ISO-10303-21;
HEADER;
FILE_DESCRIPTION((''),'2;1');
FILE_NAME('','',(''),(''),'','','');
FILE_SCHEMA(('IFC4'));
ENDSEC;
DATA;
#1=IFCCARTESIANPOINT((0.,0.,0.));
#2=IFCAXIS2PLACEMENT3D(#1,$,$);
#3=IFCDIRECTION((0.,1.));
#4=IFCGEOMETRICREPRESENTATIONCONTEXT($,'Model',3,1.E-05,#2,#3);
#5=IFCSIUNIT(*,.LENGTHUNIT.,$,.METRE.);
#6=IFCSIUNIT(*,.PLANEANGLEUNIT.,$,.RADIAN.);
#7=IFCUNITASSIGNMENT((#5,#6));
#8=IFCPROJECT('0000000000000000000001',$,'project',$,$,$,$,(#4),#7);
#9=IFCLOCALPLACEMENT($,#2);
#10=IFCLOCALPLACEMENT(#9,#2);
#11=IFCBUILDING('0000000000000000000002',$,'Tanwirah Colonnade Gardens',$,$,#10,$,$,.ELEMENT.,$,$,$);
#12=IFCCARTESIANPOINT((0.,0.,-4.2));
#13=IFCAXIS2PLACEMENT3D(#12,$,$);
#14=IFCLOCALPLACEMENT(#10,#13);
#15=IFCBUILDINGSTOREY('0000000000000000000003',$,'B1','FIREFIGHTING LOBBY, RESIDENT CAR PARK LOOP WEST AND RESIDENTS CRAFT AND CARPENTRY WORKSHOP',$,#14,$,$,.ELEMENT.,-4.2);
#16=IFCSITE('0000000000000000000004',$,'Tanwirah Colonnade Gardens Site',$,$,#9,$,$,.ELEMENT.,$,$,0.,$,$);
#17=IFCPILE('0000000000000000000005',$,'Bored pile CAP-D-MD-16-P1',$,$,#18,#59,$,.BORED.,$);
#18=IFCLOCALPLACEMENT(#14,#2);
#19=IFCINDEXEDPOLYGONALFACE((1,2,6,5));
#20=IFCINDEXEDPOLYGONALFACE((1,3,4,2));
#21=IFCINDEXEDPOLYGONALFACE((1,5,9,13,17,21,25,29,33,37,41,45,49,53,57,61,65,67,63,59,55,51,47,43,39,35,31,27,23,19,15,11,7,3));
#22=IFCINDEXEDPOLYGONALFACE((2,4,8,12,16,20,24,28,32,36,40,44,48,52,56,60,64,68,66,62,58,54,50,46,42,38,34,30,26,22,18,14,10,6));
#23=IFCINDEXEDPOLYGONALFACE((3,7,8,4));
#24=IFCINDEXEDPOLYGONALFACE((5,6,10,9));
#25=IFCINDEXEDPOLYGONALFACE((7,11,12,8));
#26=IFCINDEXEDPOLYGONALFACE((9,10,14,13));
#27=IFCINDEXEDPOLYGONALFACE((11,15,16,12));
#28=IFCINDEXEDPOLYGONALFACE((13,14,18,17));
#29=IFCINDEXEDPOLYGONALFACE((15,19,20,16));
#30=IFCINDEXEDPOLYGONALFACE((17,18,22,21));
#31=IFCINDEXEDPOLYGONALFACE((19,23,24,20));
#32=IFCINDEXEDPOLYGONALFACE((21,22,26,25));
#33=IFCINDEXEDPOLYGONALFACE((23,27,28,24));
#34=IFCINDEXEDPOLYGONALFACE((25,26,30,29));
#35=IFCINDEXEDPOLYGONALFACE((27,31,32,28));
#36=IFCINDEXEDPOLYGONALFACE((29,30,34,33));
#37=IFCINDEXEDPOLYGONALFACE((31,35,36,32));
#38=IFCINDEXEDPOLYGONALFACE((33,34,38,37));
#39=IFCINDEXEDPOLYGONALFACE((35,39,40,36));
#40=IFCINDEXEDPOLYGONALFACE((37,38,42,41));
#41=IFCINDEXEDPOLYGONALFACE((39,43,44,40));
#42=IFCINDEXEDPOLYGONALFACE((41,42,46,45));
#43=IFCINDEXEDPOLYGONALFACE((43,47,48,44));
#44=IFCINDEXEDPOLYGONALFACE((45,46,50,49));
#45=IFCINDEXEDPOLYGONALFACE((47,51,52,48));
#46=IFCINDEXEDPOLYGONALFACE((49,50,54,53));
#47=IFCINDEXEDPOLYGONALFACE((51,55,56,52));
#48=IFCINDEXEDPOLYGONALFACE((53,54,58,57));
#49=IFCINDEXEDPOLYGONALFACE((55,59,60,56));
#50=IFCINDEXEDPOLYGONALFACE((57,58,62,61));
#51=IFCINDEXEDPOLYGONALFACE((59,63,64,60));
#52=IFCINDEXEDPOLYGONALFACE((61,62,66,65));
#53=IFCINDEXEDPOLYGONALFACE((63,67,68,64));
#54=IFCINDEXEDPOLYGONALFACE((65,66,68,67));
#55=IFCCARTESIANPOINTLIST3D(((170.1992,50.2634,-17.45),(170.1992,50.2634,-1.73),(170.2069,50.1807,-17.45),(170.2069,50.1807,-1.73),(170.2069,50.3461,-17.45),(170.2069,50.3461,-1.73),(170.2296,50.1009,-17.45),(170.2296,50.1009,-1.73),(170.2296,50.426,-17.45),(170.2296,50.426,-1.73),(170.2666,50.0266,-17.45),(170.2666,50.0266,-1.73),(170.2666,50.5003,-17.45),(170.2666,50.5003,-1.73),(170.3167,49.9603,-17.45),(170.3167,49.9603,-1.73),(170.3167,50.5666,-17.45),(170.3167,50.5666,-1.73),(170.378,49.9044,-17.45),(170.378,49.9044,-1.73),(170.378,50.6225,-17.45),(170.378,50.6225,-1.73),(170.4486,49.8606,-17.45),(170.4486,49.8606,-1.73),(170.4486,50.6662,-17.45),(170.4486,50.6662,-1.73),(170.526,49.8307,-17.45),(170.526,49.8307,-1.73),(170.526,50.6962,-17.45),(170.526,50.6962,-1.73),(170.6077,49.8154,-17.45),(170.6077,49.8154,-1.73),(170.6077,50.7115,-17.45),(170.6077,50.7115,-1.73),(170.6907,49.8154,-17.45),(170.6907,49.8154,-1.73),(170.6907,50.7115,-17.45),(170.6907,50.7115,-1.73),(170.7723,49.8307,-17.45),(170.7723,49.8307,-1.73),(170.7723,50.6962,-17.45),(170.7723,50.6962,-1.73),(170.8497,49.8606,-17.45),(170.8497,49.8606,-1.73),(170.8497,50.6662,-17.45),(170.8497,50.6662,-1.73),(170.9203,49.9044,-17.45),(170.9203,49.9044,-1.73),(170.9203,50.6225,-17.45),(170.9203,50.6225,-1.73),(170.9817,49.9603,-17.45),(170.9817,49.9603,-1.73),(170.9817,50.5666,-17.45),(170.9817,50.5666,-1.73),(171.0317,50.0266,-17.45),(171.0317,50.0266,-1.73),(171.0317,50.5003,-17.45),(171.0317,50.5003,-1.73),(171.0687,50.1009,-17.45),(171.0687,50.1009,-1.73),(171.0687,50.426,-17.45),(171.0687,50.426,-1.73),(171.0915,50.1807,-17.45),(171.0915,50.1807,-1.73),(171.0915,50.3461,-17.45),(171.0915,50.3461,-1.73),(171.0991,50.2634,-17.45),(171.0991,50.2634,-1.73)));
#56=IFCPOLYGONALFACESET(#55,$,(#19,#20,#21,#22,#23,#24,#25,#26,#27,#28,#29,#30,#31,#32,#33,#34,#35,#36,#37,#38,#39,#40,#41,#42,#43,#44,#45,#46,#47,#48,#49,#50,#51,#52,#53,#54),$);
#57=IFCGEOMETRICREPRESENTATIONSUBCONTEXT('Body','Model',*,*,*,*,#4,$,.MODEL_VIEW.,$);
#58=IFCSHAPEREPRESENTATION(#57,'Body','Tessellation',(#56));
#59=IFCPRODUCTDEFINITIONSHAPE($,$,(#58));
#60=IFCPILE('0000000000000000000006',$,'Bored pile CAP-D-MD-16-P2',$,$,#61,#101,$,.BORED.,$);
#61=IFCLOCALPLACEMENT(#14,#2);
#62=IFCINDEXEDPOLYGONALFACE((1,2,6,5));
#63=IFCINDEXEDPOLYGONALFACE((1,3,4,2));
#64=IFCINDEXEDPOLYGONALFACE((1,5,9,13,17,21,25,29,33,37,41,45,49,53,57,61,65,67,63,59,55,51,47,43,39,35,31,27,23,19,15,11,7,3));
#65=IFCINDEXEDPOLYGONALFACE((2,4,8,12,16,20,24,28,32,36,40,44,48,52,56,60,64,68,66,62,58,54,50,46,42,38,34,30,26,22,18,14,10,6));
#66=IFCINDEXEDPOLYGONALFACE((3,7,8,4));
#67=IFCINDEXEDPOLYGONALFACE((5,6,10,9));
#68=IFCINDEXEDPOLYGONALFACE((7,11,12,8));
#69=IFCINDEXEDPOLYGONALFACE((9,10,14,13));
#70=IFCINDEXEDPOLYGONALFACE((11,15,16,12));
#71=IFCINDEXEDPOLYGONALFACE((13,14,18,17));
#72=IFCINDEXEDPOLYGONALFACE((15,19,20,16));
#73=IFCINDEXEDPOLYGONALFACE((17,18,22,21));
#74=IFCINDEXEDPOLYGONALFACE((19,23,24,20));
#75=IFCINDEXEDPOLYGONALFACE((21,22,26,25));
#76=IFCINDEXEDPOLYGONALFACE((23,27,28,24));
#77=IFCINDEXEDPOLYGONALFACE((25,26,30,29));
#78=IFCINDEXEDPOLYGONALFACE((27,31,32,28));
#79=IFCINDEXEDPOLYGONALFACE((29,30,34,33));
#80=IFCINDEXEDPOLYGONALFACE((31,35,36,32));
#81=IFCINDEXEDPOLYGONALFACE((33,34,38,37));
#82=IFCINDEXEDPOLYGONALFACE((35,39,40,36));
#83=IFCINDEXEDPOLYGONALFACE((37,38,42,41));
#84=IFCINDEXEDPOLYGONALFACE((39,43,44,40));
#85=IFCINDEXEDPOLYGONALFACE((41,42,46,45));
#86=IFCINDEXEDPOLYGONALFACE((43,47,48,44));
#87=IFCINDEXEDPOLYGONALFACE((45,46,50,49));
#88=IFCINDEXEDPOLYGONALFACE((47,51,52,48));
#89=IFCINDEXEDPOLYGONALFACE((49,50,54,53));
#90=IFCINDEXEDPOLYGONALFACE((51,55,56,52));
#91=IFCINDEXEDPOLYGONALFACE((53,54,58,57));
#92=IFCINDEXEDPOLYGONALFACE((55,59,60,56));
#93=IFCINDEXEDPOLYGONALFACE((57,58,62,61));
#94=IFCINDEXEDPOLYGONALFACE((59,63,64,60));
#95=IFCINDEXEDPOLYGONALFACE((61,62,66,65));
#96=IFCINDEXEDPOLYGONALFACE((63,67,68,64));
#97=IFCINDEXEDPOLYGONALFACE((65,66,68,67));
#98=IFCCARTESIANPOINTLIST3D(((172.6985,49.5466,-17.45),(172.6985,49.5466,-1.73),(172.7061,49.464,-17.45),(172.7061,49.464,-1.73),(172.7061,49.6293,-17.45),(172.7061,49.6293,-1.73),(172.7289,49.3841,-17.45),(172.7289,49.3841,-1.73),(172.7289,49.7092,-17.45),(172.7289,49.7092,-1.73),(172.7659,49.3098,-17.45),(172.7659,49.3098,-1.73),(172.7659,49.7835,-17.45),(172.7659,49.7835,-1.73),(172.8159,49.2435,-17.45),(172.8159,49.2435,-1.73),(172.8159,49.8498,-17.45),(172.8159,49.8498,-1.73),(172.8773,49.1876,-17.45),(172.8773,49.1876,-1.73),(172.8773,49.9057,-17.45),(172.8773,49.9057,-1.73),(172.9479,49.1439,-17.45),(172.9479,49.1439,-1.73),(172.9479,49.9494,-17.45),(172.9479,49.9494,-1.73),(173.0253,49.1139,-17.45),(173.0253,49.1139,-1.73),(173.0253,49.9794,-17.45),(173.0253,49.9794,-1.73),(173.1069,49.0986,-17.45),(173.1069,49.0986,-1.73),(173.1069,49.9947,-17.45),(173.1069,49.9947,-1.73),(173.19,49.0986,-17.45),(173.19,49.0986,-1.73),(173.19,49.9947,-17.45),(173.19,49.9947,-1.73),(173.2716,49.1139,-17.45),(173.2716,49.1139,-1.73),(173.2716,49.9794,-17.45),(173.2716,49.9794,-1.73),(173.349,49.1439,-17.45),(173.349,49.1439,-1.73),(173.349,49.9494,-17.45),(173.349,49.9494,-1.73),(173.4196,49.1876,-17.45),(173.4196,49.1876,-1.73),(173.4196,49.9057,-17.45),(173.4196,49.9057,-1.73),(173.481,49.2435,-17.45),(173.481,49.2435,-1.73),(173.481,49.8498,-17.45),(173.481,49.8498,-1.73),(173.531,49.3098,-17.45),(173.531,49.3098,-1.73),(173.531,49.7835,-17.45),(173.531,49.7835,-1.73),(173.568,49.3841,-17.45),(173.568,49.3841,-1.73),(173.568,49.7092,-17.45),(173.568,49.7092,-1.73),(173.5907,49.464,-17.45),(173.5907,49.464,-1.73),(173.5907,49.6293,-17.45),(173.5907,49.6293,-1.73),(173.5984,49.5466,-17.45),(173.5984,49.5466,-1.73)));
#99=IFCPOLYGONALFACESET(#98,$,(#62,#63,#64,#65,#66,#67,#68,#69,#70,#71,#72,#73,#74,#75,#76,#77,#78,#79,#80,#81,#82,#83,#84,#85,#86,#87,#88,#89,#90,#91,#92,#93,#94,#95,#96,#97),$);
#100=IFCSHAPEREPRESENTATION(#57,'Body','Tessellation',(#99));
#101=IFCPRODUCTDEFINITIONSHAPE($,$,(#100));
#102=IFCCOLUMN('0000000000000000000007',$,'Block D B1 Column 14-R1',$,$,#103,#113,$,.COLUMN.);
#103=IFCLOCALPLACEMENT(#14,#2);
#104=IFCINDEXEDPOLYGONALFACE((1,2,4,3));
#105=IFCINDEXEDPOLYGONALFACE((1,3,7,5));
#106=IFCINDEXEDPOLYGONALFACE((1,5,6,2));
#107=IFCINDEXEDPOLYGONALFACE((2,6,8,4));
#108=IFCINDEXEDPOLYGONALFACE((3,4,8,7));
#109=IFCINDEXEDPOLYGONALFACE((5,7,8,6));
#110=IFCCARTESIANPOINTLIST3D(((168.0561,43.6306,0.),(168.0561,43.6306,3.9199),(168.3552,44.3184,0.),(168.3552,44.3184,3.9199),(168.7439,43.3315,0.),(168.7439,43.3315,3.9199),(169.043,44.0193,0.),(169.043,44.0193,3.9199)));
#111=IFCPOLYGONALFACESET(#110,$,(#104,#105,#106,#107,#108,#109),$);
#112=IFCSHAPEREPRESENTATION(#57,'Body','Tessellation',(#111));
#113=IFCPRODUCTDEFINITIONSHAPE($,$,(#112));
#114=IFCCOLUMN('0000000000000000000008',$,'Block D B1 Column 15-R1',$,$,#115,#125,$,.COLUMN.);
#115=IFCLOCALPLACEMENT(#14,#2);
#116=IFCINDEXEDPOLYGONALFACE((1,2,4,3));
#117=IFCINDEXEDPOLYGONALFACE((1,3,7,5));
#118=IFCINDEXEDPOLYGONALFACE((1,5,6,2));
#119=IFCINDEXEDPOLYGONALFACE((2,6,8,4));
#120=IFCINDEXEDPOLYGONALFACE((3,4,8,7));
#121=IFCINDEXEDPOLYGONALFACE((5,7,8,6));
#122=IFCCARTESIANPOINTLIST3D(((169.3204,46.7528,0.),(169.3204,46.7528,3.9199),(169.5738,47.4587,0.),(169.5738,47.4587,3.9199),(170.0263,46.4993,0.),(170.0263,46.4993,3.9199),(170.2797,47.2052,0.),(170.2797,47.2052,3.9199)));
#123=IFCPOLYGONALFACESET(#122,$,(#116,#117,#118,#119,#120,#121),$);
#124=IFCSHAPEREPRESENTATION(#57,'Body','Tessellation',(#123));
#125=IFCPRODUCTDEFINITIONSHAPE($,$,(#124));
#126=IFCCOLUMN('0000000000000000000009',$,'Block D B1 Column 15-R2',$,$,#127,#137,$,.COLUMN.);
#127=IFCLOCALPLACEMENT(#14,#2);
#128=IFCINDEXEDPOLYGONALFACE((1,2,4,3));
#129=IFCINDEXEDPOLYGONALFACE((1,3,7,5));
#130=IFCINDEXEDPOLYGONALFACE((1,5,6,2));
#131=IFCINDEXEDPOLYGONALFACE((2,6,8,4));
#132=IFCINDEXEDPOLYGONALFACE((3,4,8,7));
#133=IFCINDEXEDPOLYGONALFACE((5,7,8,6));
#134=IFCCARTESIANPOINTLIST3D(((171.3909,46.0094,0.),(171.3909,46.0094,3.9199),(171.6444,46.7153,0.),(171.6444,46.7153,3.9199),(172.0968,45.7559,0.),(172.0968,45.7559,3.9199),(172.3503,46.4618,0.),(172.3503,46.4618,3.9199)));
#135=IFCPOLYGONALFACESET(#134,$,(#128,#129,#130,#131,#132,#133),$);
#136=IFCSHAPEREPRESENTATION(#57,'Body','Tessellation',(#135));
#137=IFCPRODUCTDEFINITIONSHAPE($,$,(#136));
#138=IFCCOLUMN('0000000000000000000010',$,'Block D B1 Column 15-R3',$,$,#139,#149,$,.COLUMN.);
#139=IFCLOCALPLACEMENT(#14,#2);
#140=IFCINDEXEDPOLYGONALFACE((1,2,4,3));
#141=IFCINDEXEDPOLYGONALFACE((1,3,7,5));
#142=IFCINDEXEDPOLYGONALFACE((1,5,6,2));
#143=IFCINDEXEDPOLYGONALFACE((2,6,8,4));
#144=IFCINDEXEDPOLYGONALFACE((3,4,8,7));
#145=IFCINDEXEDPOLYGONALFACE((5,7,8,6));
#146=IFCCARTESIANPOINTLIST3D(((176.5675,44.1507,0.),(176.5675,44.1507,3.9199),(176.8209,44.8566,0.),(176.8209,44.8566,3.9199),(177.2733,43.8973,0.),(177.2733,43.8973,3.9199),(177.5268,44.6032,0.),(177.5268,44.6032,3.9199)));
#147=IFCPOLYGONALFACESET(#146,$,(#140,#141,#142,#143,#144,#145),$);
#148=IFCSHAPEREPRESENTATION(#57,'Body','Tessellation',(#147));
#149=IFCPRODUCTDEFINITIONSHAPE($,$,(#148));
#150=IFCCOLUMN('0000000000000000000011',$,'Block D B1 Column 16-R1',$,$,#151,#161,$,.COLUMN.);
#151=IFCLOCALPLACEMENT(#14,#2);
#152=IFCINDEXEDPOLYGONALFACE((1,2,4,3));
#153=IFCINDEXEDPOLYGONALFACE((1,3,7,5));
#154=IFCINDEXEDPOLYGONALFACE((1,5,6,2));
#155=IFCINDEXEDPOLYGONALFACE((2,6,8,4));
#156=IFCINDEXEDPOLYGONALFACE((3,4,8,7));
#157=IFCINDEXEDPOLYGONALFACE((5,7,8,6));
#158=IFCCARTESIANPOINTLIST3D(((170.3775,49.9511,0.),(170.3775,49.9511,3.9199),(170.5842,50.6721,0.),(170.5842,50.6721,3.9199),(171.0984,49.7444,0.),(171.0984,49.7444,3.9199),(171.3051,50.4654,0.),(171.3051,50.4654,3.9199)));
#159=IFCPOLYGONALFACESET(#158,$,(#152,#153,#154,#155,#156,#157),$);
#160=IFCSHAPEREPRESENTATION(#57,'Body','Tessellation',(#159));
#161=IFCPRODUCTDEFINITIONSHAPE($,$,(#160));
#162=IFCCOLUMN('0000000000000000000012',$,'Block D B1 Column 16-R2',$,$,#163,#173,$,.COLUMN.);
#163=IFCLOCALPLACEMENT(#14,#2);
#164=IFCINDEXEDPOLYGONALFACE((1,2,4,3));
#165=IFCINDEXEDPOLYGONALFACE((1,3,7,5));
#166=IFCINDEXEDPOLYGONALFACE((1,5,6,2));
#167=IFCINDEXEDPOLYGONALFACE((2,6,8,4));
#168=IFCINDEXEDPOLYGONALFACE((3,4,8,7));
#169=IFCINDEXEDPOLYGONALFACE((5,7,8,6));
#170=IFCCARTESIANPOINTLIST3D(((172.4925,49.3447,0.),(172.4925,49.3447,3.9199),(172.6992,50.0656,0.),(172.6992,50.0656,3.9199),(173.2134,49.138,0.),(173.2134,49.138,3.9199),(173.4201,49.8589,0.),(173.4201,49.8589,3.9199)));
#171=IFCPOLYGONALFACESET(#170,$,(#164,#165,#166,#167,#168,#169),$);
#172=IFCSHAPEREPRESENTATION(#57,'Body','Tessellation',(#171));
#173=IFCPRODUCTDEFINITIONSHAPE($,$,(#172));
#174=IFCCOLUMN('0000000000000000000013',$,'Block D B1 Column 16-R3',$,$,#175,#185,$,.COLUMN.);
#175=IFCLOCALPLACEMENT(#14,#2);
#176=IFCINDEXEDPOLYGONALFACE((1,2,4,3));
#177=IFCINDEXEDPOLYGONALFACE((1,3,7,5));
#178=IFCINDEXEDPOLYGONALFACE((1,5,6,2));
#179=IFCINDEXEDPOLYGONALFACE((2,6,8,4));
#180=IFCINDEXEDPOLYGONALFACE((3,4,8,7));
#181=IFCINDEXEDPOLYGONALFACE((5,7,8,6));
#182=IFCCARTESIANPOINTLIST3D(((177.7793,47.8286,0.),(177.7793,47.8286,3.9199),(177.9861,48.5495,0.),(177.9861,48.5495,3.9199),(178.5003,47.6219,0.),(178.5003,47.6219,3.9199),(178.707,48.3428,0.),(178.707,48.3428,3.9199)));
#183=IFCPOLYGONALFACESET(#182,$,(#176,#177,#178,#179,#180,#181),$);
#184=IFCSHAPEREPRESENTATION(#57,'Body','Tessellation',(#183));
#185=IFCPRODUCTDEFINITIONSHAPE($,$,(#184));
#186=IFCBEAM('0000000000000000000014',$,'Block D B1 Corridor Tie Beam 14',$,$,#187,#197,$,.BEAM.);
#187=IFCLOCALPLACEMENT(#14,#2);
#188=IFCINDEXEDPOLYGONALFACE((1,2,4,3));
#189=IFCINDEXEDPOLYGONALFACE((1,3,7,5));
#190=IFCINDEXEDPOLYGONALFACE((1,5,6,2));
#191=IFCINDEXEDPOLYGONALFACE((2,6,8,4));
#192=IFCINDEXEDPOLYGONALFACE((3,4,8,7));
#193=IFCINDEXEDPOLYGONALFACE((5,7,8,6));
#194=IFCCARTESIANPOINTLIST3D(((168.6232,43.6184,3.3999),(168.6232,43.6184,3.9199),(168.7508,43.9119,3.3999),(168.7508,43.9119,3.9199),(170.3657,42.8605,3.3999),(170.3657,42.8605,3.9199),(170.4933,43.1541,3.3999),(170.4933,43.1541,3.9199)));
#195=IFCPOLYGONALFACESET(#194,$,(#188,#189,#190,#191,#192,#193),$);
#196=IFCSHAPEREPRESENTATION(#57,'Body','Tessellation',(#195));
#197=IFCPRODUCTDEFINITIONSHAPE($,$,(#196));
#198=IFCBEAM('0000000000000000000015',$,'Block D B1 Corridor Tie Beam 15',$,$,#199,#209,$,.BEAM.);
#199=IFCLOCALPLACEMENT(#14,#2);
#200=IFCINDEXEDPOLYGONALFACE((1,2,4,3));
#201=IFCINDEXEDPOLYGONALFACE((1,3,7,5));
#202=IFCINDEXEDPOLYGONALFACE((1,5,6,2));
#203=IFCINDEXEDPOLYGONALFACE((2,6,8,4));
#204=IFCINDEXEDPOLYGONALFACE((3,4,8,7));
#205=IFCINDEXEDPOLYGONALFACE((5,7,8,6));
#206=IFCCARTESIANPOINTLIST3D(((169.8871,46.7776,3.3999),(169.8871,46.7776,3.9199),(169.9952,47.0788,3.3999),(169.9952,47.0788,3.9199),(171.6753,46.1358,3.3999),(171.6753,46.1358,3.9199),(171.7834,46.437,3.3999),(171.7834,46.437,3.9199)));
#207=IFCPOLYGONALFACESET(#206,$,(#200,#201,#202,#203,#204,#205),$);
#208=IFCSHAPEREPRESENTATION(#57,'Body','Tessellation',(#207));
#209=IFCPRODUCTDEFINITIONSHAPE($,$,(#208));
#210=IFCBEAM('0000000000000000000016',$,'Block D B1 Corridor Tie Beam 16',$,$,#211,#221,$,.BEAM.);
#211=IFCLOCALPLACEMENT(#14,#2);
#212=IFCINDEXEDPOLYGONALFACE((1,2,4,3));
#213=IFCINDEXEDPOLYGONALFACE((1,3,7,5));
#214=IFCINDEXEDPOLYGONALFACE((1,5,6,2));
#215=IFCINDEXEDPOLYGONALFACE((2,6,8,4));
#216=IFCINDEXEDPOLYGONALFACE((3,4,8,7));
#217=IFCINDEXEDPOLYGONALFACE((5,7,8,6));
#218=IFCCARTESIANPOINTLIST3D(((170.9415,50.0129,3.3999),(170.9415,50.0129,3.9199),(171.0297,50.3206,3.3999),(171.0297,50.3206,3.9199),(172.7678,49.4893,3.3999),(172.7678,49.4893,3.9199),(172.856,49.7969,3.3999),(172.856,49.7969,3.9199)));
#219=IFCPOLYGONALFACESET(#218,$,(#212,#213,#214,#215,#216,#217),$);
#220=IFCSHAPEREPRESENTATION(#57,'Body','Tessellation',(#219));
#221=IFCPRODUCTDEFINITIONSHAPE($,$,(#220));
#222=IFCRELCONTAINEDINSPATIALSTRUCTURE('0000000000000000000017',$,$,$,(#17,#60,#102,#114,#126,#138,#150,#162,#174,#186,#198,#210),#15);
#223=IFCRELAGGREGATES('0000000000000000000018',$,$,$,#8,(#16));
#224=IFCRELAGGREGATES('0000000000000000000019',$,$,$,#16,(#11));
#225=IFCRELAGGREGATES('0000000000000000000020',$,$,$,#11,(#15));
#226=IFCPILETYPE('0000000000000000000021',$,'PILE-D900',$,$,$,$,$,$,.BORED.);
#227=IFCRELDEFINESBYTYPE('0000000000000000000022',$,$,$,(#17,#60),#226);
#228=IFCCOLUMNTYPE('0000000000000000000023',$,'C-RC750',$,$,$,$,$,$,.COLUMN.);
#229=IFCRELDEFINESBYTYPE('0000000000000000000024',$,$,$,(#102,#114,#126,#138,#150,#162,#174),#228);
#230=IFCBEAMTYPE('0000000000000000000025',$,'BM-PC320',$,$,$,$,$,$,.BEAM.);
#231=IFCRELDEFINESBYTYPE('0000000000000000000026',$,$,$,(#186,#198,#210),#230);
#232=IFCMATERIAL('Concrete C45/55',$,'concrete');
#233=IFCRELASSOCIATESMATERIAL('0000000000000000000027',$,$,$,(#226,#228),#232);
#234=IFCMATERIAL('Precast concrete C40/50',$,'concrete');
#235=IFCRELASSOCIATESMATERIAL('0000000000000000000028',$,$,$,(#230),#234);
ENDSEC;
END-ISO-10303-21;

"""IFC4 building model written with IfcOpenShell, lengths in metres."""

from ifc_helpers import new_model, si_unit, direction, frame, origin, origin_2d, place, context, subcontext, project, spatial, rectangle, circle, extrude, material, material_profile, profile_set, type_object, element, save


model = new_model("IFC4")

# Units and contexts
model_context = context("Model", 3, precision=1e-05, world=origin(), true_north=direction((0.0, 1.0)))
body_context = subcontext(model_context, "Body", "Model", "MODEL_VIEW")
ifc_project = project(units=[si_unit("LENGTHUNIT", "METRE"), si_unit("PLANEANGLEUNIT", "RADIAN")], contexts=[model_context])

# Site, building, storey
site_placement = place(None, origin())
site = spatial("IfcSite", under=ifc_project, at=site_placement, Name="Tanwirah Colonnade Gardens Site", CompositionType="ELEMENT", RefElevation=0.0)
building_placement = place(site_placement, origin())
building = spatial("IfcBuilding", under=site, at=building_placement, Name="Tanwirah Colonnade Gardens", CompositionType="ELEMENT")
storey_placement = place(building_placement, frame((0.0, 0.0, -4.2)))
storey = spatial("IfcBuildingStorey", under=building, at=storey_placement, Name="B1", Description="FIREFIGHTING LOBBY, RESIDENT CAR PARK LOOP WEST AND RESIDENTS CRAFT AND CARPENTRY WORKSHOP", CompositionType="ELEMENT", Elevation=-4.2)

# Shared definitions
ifc_material_1 = material(Name="Concrete C45/55", Category="concrete")

# Piles
ifc_material_profile_1 = material_profile(ifc_material_1, circle(Radius=0.45, at=origin_2d()), Name="PILE D900")
ifc_profile_set_1 = profile_set([ifc_material_profile_1], Name="Concrete C45/55")
pile_type_1 = type_object("IfcPileType", Name="PILE-D900", PredefinedType="BORED", material=ifc_profile_set_1)
for number, where, z_axis, x_axis, name in (
    (1, (170.6492, 50.2634, -1.73), (0.0, 0.0, -1.0), (1.0, 0.0, 0.0), "Bored pile CAP-D-MD-16-P1"),
    (2, (173.1484, 49.5466, -1.73), (0.0, 0.0, -1.0), (1.0, 0.0, 0.0), "Bored pile CAP-D-MD-16-P2"),
):
    element("IfcPile", number, at=place(storey_placement, frame(where, z_axis=z_axis, x_axis=x_axis)), inside=storey, type_object=pile_type_1, Name=name, PredefinedType="BORED", context=body_context, shape_type="SweptSolid", body=[
        extrude(circle(Radius=0.45, at=origin_2d()), origin(), (0.0, 0.0, 1.0), 15.72),
    ])

# Columns
ifc_material_profile_2 = material_profile(ifc_material_1, rectangle(XDim=0.75, YDim=0.75, at=origin_2d()), Name="RC-COL 750x750")
ifc_profile_set_2 = profile_set([ifc_material_profile_2], Name="Concrete C45/55")
column_type = type_object("IfcColumnType", Name="C-RC750", PredefinedType="COLUMN", material=ifc_profile_set_2)
for number, where, z_axis, x_axis, name in (
    (3, (168.5496, 43.825, 0.0), (0.0, 0.0, 1.0), (0.91706, -0.398749, 0.0), "Block D B1 Column 14-R1"),
    (4, (169.8, 46.979, 0.0), (0.0, 0.0, 1.0), (0.941176, -0.337917, 0.0), "Block D B1 Column 15-R1"),
    (5, (171.8706, 46.2356, 0.0), (0.0, 0.0, 1.0), (0.941176, -0.337917, 0.0), "Block D B1 Column 15-R2"),
    (6, (177.0471, 44.377, 0.0), (0.0, 0.0, 1.0), (0.941176, -0.337917, 0.0), "Block D B1 Column 15-R3"),
    (7, (170.8413, 50.2083, 0.0), (0.0, 0.0, 1.0), (0.961262, -0.275637, 0.0), "Block D B1 Column 16-R1"),
    (8, (172.9563, 49.6018, 0.0), (0.0, 0.0, 1.0), (0.961262, -0.275637, 0.0), "Block D B1 Column 16-R2"),
    (9, (178.2432, 48.0857, 0.0), (0.0, 0.0, 1.0), (0.961262, -0.275637, 0.0), "Block D B1 Column 16-R3"),
):
    element("IfcColumn", number, at=place(storey_placement, frame(where, z_axis=z_axis, x_axis=x_axis)), inside=storey, type_object=column_type, Name=name, PredefinedType="COLUMN", context=body_context, shape_type="SweptSolid", body=[
        extrude(rectangle(XDim=0.75, YDim=0.75, at=origin_2d()), origin(), (0.0, 0.0, 1.0), 3.9199),
    ])

# Beams
ifc_material_2 = material(Name="Precast concrete C40/50", Category="concrete")
ifc_material_profile_3 = material_profile(ifc_material_2, rectangle(XDim=0.3201, YDim=0.52, at=origin_2d()), Name="PC-BM 320x520")
ifc_profile_set_3 = profile_set([ifc_material_profile_3], Name="Precast concrete C40/50")
beam_type_1 = type_object("IfcBeamType", Name="BM-PC320", PredefinedType="BEAM", material=ifc_profile_set_3)
beam_1_placement = place(storey_placement, frame((168.687, 43.7651, 3.6599), z_axis=(0.917025, -0.398829, 0.0), x_axis=(0.398829, 0.917025, 0.0)))
element("IfcBeam", 10, at=beam_1_placement, inside=storey, type_object=beam_type_1, Name="Block D B1 Corridor Tie Beam 14", PredefinedType="BEAM", context=body_context, shape_type="SweptSolid", body=[
    extrude(rectangle(XDim=0.3201, YDim=0.52, at=origin_2d()), origin(), (0.0, 0.0, 1.0), 1.9001),
])
for number, where, z_axis, x_axis, name in (
    (11, (169.9412, 46.9282, 3.6599), (0.941215, -0.337809, 0.0), (0.337809, 0.941215, 0.0), "Block D B1 Corridor Tie Beam 15"),
    (12, (170.9856, 50.1667, 3.6599), (0.961267, -0.27562, 0.0), (0.27562, 0.961267, 0.0), "Block D B1 Corridor Tie Beam 16"),
):
    element("IfcBeam", number, at=place(storey_placement, frame(where, z_axis=z_axis, x_axis=x_axis)), inside=storey, type_object=beam_type_1, Name=name, PredefinedType="BEAM", context=body_context, shape_type="SweptSolid", body=[
        extrude(rectangle(XDim=0.3201, YDim=0.52, at=origin_2d()), origin(), (0.0, 0.0, 1.0), 1.8999),
    ])

save(model, "model.ifc")
